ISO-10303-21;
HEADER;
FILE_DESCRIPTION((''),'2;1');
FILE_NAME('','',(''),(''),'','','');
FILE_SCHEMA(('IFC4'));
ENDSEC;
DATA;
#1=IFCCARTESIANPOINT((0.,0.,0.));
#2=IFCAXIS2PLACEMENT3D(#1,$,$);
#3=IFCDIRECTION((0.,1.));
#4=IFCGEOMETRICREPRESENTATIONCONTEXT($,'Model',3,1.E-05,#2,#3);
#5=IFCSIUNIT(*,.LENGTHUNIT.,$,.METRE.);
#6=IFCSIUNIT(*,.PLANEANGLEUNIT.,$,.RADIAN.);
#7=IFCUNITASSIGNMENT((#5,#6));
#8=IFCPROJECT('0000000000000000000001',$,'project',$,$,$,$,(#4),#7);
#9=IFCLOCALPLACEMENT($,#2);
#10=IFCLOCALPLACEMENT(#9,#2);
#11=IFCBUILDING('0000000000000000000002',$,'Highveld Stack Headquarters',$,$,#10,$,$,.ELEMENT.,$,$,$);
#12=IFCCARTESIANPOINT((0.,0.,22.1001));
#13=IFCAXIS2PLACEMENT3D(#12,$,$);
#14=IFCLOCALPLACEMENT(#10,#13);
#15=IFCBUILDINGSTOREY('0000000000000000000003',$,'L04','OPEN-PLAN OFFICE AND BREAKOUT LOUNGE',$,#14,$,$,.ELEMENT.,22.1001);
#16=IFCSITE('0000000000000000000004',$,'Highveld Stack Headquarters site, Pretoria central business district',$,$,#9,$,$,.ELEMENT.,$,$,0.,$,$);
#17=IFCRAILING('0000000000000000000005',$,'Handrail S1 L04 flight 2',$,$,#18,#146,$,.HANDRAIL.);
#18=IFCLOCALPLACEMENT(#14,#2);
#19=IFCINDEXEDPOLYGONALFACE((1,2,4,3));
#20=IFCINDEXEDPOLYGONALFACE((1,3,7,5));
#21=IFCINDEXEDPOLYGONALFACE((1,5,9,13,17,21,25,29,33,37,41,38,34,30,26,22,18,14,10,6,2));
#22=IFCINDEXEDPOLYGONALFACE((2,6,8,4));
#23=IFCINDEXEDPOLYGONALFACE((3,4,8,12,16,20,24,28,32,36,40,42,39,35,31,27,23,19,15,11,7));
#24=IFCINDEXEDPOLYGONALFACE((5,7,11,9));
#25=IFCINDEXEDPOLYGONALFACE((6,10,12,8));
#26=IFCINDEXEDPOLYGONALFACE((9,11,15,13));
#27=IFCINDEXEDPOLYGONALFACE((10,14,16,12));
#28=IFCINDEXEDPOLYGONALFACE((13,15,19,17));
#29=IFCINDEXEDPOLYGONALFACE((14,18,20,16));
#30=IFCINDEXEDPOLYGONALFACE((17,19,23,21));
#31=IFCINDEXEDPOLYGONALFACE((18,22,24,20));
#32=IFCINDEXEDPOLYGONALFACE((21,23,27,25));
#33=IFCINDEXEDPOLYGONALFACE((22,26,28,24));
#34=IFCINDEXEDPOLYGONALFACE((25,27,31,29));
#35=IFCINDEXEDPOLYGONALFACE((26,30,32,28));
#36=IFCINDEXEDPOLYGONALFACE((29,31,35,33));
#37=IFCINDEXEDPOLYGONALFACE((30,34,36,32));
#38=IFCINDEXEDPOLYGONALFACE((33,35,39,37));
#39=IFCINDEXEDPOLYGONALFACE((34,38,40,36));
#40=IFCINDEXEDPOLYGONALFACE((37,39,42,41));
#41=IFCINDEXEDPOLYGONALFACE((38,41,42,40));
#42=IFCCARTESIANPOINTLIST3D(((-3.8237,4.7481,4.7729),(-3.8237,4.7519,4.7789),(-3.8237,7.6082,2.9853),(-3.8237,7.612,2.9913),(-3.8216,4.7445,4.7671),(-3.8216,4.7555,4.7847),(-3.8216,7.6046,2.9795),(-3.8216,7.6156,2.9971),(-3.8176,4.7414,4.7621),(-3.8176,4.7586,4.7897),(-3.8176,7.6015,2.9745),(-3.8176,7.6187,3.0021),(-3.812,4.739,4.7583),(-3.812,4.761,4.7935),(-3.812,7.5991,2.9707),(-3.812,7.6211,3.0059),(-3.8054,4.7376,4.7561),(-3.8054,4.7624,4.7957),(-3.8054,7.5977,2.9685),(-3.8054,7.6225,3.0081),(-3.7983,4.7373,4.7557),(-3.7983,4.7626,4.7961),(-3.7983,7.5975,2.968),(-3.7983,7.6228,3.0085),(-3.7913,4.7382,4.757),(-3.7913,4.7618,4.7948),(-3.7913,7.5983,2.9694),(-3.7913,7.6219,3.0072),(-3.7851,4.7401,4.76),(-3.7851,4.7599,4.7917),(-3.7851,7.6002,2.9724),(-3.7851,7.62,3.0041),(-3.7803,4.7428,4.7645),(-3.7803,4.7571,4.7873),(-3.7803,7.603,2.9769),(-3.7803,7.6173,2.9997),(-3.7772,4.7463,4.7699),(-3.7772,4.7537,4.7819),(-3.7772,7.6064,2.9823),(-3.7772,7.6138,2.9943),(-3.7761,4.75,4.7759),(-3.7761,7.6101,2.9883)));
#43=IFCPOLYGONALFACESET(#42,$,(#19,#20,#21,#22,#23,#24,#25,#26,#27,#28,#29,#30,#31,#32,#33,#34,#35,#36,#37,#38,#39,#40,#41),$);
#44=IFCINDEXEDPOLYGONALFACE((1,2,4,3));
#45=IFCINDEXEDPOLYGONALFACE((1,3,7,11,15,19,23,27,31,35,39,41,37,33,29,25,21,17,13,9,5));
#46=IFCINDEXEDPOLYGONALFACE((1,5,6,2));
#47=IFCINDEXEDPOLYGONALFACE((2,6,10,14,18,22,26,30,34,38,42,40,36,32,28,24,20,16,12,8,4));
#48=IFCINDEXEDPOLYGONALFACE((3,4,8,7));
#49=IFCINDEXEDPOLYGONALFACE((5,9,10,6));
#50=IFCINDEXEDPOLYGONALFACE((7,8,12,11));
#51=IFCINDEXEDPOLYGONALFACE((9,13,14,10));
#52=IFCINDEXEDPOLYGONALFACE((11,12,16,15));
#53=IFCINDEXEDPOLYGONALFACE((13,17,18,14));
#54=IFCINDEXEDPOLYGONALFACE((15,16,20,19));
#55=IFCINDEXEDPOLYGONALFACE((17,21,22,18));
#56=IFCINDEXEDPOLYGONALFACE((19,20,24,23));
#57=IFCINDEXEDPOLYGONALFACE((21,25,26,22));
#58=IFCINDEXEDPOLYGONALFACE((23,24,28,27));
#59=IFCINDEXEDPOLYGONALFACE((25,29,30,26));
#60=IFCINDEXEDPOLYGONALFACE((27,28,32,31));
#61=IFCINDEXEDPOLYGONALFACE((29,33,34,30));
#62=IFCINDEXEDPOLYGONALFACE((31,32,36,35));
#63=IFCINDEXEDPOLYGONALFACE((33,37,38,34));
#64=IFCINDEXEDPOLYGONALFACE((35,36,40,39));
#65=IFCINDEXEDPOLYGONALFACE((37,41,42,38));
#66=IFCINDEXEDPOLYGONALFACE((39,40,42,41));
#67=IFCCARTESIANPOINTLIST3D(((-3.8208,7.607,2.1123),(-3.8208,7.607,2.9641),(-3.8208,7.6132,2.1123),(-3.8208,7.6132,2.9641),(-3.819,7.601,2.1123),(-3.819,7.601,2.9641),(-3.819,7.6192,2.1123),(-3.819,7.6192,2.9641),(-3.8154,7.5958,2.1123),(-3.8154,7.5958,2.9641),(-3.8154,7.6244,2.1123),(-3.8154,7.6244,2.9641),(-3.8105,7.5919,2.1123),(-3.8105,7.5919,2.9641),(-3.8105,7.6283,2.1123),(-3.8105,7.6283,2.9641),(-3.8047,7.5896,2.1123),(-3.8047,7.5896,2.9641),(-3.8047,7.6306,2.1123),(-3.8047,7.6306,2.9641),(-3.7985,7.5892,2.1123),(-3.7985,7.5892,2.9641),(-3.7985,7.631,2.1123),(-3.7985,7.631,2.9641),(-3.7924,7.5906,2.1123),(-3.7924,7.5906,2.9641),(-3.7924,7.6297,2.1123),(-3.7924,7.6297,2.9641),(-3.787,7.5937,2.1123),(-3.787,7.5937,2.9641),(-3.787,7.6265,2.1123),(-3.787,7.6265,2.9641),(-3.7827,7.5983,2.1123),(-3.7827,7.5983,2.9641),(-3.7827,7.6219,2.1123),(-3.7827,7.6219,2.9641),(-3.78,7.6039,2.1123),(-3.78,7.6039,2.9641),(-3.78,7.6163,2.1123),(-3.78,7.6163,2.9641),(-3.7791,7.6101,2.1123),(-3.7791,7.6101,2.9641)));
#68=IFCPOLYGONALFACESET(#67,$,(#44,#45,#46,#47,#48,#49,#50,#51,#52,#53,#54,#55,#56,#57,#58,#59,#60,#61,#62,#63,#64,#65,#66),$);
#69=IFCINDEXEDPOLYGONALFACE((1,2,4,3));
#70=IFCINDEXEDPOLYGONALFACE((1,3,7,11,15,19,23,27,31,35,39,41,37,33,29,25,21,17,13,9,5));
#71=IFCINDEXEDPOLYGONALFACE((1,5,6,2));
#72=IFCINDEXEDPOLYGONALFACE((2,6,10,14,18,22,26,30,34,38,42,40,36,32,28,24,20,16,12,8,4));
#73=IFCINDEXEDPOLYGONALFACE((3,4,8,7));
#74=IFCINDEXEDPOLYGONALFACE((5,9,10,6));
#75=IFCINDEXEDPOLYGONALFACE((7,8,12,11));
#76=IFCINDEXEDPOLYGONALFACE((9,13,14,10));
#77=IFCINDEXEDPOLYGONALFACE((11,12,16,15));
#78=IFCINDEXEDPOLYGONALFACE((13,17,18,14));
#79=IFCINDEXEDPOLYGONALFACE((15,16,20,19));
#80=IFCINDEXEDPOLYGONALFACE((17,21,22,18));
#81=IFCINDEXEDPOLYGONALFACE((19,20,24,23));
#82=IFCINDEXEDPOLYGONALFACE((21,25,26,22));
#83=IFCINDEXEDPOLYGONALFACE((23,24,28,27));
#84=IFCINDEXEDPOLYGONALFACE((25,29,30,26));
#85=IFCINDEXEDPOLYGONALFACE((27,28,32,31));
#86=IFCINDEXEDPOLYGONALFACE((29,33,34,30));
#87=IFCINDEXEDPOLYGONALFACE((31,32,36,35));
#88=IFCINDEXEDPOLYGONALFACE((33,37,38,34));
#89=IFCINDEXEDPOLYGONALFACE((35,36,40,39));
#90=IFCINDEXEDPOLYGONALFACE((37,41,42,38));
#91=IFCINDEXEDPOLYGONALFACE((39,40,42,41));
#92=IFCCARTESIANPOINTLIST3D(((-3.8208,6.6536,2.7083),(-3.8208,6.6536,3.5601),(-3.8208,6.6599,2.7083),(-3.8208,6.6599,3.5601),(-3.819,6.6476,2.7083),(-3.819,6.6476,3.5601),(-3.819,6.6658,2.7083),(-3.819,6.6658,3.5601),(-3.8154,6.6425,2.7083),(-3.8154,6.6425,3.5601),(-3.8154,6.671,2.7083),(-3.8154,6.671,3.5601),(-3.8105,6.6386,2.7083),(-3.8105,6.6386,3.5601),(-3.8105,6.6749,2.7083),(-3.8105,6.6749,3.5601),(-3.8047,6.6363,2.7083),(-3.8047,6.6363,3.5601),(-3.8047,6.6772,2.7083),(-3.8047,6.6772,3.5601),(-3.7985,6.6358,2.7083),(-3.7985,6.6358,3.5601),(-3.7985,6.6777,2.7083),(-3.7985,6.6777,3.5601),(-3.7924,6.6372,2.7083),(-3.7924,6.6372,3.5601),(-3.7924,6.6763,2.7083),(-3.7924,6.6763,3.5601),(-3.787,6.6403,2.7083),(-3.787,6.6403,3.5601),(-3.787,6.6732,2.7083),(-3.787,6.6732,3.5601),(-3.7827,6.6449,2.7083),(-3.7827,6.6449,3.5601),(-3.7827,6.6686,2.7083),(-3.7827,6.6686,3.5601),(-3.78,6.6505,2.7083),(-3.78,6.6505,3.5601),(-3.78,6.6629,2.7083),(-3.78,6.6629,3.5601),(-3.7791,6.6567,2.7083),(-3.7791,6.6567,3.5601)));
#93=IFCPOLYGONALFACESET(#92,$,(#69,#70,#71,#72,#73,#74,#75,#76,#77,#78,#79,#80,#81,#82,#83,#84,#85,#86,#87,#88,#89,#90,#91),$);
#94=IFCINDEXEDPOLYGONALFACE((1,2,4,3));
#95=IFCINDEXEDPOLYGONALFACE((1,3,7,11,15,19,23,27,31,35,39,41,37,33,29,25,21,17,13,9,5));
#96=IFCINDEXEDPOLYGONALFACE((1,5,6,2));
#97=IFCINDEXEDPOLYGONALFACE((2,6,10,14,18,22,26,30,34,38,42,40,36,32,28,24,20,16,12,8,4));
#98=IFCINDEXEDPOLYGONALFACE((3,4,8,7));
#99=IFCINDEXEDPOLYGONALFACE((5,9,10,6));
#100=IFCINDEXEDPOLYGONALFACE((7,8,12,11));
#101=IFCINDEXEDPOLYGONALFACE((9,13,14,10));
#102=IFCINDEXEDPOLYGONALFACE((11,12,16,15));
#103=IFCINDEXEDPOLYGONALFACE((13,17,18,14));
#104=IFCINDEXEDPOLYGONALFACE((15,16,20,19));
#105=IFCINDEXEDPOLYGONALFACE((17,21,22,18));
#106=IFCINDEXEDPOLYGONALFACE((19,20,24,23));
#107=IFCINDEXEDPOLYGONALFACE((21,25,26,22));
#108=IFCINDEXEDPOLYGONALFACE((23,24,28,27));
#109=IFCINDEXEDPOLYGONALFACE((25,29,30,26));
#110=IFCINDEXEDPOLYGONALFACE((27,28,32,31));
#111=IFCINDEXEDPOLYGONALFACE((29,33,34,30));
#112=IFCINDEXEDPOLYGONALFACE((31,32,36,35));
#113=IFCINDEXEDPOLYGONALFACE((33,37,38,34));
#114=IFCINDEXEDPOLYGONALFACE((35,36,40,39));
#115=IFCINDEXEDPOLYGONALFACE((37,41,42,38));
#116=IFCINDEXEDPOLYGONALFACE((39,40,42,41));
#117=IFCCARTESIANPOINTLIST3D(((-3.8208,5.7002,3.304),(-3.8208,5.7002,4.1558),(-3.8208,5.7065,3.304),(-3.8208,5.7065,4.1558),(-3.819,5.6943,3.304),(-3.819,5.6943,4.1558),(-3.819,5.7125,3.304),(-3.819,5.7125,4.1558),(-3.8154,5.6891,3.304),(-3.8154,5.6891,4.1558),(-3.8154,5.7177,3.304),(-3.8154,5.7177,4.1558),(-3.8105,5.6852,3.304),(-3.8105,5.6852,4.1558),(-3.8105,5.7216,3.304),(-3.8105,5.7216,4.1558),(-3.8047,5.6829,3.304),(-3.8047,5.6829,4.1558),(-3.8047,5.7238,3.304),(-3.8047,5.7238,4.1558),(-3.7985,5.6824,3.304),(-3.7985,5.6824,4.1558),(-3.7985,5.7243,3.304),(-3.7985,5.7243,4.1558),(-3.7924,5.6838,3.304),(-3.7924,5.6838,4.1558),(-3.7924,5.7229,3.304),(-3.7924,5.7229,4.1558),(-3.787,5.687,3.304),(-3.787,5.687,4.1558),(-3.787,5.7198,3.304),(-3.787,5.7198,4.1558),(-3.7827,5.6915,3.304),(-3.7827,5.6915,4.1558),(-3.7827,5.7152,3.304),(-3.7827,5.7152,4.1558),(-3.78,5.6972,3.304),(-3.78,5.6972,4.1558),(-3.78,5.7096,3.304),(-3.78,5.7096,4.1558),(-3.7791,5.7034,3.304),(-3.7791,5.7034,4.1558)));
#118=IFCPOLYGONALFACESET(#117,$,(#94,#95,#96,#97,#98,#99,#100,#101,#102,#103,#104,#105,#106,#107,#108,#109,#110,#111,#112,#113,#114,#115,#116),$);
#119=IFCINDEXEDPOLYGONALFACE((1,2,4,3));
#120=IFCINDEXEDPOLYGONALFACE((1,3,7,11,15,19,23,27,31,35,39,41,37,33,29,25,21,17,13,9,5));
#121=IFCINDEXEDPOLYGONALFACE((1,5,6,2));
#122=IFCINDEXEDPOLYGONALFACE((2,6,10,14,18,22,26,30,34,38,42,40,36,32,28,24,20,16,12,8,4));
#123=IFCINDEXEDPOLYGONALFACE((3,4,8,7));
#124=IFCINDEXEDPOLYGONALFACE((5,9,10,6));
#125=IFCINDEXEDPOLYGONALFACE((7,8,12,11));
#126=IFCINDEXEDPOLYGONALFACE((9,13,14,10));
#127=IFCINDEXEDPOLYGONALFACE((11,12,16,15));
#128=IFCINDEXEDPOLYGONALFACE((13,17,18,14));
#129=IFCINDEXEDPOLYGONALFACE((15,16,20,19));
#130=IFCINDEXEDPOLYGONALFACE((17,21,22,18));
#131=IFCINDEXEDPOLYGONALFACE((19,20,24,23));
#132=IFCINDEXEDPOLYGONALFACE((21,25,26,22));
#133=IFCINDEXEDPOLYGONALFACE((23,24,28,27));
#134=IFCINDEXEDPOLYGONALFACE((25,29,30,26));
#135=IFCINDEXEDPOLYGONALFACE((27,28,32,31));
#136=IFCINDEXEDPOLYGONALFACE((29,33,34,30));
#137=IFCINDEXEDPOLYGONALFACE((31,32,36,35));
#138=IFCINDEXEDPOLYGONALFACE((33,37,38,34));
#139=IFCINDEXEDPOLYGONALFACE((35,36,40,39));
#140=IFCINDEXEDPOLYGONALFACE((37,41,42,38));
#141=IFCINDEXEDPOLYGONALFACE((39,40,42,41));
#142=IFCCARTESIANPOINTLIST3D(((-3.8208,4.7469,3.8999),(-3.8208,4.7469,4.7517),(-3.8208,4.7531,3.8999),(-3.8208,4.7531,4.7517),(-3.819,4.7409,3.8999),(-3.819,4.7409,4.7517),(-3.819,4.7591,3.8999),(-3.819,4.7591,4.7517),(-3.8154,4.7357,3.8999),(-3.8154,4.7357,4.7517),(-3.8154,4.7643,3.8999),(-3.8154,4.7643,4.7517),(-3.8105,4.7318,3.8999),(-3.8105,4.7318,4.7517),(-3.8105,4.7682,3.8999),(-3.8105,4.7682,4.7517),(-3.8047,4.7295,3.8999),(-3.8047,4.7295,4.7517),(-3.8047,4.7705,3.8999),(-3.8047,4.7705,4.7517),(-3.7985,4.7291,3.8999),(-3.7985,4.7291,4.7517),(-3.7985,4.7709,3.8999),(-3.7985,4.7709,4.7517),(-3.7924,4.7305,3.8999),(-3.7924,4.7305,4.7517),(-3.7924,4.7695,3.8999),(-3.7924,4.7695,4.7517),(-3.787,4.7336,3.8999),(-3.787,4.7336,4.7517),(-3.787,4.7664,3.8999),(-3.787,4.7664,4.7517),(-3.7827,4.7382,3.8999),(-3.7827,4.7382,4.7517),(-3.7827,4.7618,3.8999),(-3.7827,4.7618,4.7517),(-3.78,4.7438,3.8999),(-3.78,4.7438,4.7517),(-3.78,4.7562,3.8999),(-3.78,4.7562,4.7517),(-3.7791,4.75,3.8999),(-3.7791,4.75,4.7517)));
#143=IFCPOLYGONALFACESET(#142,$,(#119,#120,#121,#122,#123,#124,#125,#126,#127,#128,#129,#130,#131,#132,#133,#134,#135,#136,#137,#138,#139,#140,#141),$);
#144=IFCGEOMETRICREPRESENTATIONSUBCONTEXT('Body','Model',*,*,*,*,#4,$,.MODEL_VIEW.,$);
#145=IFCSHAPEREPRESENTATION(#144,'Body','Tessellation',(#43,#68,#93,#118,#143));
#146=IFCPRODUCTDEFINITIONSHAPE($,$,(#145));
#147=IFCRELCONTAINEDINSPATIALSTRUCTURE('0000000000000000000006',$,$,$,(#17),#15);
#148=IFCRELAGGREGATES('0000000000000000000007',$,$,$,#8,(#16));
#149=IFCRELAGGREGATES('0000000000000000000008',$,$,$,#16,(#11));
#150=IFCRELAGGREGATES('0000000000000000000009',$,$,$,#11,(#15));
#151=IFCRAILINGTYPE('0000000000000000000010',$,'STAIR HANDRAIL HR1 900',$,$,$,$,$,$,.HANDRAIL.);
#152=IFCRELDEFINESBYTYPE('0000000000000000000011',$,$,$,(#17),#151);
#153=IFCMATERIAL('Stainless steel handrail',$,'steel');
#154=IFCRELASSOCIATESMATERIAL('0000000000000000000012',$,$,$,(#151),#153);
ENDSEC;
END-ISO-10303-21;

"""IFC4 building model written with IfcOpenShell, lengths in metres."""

from ifc_helpers import new_model, si_unit, direction, frame, origin, origin_2d, place, context, subcontext, project, spatial, circle, extrude, material, type_object, element, save


model = new_model("IFC4")

# Units and contexts
model_context = context("Model", 3, precision=1e-05, world=origin(), true_north=direction((0.0, 1.0)))
body_context = subcontext(model_context, "Body", "Model", "MODEL_VIEW")
ifc_project = project(units=[si_unit("LENGTHUNIT", "METRE"), si_unit("PLANEANGLEUNIT", "RADIAN")], contexts=[model_context])

# Site, building, storey
site_placement = place(None, origin())
site = spatial("IfcSite", under=ifc_project, at=site_placement, Name="Highveld Stack Headquarters site, Pretoria central business district", CompositionType="ELEMENT", RefElevation=0.0)
building_placement = place(site_placement, origin())
building = spatial("IfcBuilding", under=site, at=building_placement, Name="Highveld Stack Headquarters", CompositionType="ELEMENT")
storey_placement = place(building_placement, frame((0.0, 0.0, 22.1001)))
storey = spatial("IfcBuildingStorey", under=building, at=storey_placement, Name="L04", Description="OPEN-PLAN OFFICE AND BREAKOUT LOUNGE", CompositionType="ELEMENT", Elevation=22.1001)

# Railing
ifc_material_1 = material(Name="Stainless steel handrail", Category="steel")
railing_type = type_object("IfcRailingType", Name="STAIR HANDRAIL HR1 900", PredefinedType="HANDRAIL", material=ifc_material_1)
for number, where, name in (
    (1, (-3.8, 7.6101, 2.1123), "Handrail S1 L04 flight 2"),
):
    element("IfcRailing", number, at=place(storey_placement, frame(where)), inside=storey, type_object=railing_type, Name=name, PredefinedType="HANDRAIL", context=body_context, shape_type="SweptSolid", body=[
        extrude(circle(Radius=0.0239, at=origin_2d()), frame((0.0, 0.0, 0.876), z_axis=(0.0, -0.847994, 0.530005), x_axis=(1.0, 0.0, 0.0)), (0.0, 0.0, 1.0), 3.3728),
        extrude(circle(Radius=0.021, at=origin_2d()), origin(), (0.0, 0.0, 1.0), 0.8518),
        extrude(circle(Radius=0.021, at=origin_2d()), frame((0.0, -0.9534, 0.5959)), (0.0, 0.0, 1.0), 0.8518),
        extrude(circle(Radius=0.021, at=origin_2d()), frame((0.0, -1.9067, 1.1917)), (0.0, 0.0, 1.0), 0.8518),
        extrude(circle(Radius=0.021, at=origin_2d()), frame((0.0, -2.8601, 1.7876)), (0.0, 0.0, 1.0), 0.8518),
    ])

save(model, "model.ifc")
